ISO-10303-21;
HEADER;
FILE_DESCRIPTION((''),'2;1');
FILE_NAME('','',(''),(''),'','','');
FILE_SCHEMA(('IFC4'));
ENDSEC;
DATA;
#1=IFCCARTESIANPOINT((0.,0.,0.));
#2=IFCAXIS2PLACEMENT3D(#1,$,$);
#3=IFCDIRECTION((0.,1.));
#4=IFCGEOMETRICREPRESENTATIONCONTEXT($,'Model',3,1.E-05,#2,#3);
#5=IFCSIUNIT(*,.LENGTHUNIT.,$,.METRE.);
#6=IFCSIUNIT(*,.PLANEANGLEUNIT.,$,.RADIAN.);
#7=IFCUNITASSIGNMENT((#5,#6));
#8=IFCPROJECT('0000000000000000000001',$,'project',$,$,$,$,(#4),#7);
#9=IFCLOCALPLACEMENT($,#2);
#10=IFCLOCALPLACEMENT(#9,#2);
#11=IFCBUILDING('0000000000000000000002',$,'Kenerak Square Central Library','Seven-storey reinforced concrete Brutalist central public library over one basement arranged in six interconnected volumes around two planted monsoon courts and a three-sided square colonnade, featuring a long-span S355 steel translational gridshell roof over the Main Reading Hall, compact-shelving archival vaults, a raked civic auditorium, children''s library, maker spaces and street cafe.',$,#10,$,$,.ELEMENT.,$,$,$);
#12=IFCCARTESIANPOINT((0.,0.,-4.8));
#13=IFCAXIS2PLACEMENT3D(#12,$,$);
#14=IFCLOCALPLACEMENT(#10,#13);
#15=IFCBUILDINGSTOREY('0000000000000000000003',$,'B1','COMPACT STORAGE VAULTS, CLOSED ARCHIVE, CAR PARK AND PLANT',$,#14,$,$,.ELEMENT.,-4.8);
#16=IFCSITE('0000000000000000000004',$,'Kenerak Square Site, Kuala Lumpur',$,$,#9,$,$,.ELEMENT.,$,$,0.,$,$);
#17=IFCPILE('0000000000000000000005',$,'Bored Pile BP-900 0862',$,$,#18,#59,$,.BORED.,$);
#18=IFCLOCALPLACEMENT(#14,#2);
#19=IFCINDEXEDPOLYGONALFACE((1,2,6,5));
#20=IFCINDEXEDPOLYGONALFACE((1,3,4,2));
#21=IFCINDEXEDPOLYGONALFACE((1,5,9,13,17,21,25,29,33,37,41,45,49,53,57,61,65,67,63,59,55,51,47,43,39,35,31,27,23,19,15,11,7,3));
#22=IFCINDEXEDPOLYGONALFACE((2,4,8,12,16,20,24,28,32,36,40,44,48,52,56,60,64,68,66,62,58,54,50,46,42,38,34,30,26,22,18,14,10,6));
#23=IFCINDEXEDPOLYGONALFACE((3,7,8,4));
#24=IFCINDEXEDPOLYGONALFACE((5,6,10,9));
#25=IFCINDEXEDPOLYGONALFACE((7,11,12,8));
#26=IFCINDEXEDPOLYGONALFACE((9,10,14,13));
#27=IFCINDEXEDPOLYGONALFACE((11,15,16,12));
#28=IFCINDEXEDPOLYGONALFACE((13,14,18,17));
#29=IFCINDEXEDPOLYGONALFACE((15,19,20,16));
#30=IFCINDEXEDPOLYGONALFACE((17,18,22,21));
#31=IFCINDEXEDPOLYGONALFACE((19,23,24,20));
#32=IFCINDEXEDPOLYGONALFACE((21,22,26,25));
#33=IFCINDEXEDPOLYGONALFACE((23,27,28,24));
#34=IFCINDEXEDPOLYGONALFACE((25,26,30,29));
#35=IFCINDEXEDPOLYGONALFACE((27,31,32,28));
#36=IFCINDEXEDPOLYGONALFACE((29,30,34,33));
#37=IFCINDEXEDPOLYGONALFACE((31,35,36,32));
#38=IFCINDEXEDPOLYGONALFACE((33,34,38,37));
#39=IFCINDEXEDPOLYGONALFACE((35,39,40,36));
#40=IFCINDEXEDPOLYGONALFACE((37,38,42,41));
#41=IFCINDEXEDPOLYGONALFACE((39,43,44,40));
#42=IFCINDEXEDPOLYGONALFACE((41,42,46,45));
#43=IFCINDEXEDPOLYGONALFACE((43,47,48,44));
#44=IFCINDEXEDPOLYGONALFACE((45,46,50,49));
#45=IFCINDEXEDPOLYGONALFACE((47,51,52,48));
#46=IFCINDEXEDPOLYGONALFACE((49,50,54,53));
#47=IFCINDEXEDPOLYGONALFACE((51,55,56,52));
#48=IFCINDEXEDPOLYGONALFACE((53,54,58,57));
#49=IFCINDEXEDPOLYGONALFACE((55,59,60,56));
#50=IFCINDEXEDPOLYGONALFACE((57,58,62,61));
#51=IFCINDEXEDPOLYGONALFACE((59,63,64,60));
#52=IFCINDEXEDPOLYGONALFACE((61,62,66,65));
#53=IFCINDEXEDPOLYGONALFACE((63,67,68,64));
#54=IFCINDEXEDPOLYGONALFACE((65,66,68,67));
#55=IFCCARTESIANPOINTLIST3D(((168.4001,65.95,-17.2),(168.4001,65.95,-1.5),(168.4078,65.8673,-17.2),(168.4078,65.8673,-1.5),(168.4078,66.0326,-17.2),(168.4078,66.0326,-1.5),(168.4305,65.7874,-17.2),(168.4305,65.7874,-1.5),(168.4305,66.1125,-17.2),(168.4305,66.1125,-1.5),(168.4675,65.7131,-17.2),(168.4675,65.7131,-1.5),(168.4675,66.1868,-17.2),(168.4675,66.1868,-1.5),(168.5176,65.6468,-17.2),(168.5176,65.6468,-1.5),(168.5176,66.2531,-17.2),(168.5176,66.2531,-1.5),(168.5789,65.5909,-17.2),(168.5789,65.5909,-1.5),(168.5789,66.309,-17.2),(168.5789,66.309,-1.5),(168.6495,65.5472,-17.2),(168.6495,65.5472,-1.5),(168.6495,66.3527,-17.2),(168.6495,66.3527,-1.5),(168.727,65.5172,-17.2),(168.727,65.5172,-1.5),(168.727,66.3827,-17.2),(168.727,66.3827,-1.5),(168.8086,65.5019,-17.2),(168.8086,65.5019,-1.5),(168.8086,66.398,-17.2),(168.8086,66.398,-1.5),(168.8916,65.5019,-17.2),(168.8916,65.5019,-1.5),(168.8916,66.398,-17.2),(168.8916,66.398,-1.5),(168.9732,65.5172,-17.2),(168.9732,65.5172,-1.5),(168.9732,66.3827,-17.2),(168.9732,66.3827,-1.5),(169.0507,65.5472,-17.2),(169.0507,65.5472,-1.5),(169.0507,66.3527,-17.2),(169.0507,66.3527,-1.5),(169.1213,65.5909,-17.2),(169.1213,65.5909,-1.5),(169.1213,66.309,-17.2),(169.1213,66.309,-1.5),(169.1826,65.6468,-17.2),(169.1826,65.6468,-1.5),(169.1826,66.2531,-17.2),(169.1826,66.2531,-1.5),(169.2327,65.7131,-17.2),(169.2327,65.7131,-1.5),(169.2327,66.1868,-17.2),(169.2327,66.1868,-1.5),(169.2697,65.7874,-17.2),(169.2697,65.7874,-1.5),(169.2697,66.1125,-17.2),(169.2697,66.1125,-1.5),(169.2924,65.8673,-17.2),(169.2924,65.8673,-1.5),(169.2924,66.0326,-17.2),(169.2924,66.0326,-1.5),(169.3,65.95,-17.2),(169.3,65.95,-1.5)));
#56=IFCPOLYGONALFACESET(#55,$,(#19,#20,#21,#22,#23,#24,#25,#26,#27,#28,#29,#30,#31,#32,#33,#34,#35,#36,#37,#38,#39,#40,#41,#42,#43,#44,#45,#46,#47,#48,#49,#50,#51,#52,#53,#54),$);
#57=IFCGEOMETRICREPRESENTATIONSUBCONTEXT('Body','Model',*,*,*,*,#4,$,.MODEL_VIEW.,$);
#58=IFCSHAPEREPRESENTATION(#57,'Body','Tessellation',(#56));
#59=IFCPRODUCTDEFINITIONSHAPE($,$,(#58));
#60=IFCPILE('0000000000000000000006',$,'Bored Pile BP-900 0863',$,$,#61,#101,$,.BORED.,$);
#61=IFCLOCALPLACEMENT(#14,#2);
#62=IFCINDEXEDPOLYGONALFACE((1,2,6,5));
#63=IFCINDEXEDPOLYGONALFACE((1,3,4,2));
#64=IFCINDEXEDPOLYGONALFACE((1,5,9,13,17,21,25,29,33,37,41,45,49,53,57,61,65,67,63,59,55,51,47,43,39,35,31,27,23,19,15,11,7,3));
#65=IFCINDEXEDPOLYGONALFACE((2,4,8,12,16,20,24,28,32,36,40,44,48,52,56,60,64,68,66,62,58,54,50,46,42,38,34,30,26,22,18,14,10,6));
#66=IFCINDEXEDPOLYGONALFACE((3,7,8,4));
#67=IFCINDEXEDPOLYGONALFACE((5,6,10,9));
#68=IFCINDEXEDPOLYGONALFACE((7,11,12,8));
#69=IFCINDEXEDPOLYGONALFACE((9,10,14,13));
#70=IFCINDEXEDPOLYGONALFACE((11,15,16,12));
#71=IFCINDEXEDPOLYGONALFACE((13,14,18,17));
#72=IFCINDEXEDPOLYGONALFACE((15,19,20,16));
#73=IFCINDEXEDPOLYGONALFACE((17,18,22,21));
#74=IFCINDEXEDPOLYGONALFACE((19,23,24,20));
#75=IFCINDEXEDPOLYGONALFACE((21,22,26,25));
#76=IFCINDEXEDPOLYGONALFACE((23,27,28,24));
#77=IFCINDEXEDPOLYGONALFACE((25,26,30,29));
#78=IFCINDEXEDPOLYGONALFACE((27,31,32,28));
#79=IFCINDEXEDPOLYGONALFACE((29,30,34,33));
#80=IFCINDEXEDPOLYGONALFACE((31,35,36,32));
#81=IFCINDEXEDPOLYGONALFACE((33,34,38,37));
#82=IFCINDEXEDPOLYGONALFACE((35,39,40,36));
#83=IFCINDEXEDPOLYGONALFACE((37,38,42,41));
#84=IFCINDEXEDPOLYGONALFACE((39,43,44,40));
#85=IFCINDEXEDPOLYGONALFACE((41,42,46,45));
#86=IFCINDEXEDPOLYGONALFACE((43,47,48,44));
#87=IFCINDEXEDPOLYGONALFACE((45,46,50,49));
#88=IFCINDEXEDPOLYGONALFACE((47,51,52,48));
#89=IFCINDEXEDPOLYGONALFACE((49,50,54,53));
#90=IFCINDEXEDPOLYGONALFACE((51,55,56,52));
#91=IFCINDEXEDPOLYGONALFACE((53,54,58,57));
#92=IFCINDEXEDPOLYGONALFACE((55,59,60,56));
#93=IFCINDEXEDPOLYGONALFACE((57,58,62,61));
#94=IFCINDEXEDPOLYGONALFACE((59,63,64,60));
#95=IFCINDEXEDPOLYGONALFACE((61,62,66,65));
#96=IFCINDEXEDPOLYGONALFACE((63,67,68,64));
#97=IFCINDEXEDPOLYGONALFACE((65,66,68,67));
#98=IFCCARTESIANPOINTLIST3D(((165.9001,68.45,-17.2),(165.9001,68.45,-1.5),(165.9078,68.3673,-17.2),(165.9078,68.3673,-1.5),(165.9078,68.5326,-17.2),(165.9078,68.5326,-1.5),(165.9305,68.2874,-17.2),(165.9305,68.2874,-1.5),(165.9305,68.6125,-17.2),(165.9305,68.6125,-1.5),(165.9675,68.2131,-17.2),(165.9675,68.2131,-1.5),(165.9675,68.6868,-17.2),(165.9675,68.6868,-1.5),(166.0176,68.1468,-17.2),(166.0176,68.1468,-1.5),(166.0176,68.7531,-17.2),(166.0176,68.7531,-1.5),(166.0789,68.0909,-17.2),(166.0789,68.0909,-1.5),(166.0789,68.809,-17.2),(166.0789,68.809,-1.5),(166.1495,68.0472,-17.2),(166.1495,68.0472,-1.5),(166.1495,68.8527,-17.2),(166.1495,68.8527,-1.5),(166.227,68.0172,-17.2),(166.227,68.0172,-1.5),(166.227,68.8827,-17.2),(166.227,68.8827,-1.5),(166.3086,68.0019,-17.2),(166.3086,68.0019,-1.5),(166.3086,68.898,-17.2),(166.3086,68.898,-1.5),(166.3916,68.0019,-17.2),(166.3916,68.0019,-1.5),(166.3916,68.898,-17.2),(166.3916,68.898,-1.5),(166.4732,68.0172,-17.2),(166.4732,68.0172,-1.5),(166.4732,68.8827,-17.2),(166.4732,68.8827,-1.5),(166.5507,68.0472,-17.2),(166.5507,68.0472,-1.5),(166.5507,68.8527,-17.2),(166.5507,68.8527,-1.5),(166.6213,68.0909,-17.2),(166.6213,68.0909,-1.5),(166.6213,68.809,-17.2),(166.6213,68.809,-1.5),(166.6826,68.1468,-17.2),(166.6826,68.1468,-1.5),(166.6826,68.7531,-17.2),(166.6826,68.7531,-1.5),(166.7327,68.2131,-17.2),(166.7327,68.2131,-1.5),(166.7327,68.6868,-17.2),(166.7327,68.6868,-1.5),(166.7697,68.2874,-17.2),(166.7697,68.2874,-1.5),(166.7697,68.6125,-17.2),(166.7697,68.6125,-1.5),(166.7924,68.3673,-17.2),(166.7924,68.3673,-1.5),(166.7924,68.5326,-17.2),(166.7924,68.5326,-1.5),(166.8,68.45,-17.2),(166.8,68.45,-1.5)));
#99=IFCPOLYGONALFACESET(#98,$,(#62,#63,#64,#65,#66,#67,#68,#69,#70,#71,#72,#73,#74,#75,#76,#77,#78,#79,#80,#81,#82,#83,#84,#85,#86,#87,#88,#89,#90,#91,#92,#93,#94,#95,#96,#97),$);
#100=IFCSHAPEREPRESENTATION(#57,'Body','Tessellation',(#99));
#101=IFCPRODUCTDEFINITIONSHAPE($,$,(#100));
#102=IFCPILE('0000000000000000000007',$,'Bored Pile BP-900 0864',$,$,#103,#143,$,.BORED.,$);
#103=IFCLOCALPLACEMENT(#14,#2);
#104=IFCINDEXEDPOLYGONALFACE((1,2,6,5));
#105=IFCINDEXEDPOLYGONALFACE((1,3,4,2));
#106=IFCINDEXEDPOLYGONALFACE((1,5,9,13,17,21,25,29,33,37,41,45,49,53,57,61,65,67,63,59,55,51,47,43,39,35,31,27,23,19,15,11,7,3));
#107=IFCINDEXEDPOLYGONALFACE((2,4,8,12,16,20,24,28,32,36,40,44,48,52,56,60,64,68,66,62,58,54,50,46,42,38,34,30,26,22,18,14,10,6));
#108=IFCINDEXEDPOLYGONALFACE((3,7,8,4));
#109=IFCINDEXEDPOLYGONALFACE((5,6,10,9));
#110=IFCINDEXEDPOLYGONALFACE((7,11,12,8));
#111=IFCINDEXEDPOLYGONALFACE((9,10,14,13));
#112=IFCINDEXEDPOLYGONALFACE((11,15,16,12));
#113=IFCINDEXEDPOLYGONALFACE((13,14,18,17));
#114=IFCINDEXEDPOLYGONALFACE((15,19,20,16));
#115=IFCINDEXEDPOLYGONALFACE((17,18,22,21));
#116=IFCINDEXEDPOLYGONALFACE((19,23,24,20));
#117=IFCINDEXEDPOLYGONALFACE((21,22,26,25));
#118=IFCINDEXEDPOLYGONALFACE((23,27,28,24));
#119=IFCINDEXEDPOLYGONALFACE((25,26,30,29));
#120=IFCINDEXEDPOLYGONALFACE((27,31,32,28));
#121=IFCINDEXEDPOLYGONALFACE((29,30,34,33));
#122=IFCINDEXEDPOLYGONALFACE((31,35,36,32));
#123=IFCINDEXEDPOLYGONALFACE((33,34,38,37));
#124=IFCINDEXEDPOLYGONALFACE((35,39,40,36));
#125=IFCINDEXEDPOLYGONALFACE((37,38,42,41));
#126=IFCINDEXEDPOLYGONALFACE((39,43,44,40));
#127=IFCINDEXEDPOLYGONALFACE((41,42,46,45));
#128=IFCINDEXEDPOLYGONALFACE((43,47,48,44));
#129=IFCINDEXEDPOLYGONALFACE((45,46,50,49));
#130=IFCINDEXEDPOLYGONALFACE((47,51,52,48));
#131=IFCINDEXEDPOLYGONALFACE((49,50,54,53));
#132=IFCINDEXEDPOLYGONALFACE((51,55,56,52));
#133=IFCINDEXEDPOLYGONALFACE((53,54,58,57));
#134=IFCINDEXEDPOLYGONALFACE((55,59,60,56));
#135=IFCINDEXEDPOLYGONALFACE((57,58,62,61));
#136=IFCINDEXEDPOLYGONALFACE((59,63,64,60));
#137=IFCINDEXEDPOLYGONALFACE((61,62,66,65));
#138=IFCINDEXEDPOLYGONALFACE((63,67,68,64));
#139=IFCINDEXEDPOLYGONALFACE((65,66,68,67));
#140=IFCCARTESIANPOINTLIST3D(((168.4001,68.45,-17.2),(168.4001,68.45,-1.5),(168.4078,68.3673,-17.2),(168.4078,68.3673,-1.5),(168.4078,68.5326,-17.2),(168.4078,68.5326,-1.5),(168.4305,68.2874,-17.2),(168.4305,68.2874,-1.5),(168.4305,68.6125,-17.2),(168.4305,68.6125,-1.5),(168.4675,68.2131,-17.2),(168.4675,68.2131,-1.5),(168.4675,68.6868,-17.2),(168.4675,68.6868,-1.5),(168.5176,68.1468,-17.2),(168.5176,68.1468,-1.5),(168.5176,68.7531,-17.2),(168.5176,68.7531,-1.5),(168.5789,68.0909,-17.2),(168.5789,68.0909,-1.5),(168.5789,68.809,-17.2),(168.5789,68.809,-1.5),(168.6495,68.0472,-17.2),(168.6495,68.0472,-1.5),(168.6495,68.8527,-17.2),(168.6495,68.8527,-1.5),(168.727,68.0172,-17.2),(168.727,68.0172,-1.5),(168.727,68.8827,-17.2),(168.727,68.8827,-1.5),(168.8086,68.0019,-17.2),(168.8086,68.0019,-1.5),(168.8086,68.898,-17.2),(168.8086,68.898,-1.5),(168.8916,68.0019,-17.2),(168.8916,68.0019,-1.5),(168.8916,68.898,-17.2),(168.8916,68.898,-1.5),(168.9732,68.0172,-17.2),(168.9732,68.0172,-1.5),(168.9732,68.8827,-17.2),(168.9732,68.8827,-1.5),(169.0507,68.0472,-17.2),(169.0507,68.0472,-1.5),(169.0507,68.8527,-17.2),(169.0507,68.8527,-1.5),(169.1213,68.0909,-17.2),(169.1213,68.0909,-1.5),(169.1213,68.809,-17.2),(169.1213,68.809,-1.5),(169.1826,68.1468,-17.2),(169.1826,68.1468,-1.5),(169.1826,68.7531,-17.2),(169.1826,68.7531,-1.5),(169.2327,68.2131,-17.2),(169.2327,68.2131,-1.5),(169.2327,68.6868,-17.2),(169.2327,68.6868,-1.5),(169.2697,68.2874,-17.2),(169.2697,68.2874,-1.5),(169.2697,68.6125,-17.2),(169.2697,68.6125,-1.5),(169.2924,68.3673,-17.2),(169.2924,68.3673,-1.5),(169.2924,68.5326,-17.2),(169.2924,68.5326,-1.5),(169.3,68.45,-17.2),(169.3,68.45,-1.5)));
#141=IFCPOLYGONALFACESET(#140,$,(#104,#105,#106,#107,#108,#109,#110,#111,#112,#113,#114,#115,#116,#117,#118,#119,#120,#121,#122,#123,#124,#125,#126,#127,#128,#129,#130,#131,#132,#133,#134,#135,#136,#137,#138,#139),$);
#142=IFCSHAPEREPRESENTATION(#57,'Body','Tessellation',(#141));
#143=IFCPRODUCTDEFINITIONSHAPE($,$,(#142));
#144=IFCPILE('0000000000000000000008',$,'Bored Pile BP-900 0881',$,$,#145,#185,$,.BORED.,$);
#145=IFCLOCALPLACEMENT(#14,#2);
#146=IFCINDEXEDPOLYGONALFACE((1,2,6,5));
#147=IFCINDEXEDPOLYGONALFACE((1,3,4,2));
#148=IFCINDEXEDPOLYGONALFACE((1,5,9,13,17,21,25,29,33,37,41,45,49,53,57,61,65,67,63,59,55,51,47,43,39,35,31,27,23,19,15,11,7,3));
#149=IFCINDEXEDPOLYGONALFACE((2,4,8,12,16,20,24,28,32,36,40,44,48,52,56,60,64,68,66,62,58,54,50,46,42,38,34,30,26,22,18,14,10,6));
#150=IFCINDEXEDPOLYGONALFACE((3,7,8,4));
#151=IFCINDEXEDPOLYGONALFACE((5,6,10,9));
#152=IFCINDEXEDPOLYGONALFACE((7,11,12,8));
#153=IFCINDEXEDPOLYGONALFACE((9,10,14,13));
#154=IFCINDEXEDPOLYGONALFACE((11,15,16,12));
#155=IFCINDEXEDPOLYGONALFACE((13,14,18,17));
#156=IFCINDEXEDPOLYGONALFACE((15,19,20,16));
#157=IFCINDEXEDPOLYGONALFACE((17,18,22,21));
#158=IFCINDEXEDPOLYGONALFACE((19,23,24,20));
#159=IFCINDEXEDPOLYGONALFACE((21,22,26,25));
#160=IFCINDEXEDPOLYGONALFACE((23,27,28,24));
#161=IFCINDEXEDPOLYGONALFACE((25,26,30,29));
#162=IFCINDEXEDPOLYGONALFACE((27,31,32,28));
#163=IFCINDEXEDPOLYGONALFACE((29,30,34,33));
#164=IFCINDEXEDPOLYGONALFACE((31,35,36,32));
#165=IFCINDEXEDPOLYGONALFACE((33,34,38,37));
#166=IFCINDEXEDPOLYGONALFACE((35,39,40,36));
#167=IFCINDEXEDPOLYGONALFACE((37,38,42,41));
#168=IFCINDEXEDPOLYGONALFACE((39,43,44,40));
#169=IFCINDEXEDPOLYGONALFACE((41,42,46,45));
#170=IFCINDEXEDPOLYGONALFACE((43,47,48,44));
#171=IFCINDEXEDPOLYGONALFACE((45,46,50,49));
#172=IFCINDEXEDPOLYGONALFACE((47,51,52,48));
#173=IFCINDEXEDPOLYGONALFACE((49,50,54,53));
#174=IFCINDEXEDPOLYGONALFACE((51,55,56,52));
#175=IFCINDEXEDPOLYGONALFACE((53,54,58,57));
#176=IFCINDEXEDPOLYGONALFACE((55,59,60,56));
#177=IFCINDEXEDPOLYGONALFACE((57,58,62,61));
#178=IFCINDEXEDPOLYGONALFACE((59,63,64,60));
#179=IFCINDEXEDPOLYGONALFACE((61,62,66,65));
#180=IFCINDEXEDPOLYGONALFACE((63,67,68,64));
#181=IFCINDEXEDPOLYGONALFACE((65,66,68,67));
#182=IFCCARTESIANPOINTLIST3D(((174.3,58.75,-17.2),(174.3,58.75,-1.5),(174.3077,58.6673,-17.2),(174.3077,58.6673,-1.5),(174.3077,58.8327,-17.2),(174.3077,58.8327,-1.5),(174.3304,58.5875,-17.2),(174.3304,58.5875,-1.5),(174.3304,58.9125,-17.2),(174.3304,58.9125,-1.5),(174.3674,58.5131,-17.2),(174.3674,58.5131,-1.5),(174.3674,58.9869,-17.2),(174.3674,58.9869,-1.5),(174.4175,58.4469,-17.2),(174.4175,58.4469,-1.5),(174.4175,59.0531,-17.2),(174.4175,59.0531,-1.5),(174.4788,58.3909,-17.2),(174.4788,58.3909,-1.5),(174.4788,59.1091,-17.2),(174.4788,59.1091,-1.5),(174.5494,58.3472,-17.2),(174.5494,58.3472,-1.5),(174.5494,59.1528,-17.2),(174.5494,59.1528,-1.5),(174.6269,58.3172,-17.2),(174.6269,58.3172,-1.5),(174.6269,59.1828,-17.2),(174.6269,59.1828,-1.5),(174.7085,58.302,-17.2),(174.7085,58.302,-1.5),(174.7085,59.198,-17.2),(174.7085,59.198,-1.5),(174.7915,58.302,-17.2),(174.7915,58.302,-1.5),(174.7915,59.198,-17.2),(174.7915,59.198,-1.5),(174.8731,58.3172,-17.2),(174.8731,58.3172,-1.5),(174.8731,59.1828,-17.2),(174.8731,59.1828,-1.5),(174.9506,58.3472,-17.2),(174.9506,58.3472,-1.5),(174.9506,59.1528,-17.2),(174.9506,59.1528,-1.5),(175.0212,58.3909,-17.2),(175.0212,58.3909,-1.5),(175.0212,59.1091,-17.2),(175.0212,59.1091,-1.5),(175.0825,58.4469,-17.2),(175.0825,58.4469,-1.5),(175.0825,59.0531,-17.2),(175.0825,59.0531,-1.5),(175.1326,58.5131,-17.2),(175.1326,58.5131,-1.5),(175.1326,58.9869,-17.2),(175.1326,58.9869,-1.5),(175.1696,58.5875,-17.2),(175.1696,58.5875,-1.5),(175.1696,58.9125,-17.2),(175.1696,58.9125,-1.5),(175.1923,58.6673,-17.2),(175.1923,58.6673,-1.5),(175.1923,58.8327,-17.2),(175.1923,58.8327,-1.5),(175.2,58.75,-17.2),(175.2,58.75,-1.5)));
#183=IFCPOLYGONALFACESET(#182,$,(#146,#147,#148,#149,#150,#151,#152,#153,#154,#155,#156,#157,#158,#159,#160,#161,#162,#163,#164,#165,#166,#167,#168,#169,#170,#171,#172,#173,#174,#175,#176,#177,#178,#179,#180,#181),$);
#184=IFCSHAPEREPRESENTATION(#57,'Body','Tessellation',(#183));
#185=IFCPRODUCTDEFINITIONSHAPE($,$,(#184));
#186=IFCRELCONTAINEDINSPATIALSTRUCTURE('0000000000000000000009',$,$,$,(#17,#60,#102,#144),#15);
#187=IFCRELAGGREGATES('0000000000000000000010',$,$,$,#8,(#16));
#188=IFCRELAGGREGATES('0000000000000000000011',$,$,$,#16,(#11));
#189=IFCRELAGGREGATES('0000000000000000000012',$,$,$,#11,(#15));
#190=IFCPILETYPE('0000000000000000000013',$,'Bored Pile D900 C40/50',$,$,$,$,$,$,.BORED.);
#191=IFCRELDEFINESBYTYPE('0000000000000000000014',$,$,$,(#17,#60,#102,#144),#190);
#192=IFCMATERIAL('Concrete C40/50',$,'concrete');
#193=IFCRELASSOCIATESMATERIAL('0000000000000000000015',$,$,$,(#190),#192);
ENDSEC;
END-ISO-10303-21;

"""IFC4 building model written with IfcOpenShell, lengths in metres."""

from ifc_helpers import new_model, si_unit, direction, frame, origin, origin_2d, place, context, subcontext, project, spatial, circle, extrude, material, material_profile, profile_set, type_object, element, save


model = new_model("IFC4")

# Units and contexts
model_context = context("Model", 3, precision=1e-05, world=origin(), true_north=direction((0.0, 1.0)))
body_context = subcontext(model_context, "Body", "Model", "MODEL_VIEW")
ifc_project = project(units=[si_unit("LENGTHUNIT", "METRE"), si_unit("PLANEANGLEUNIT", "RADIAN")], contexts=[model_context])

# Site, building, storey
site_placement = place(None, origin())
site = spatial("IfcSite", under=ifc_project, at=site_placement, Name="Kenerak Square Site, Kuala Lumpur", CompositionType="ELEMENT", RefElevation=0.0)
building_placement = place(site_placement, origin())
building = spatial("IfcBuilding", under=site, at=building_placement, Name="Kenerak Square Central Library", Description="Seven-storey reinforced concrete Brutalist central public library over one basement arranged in six interconnected volumes around two planted monsoon courts and a three-sided square colonnade, featuring a long-span S355 steel translational gridshell roof over the Main Reading Hall, compact-shelving archival vaults, a raked civic auditorium, children's library, maker spaces and street cafe.", CompositionType="ELEMENT")
storey_placement = place(building_placement, frame((0.0, 0.0, -4.8)))
storey = spatial("IfcBuildingStorey", under=building, at=storey_placement, Name="B1", Description="COMPACT STORAGE VAULTS, CLOSED ARCHIVE, CAR PARK AND PLANT", CompositionType="ELEMENT", Elevation=-4.8)

# Piles
ifc_material_1 = material(Name="Concrete C40/50", Category="concrete")
ifc_material_profile_1 = material_profile(ifc_material_1, circle(Radius=0.45, at=origin_2d()), Name="BP D900")
ifc_profile_set_1 = profile_set([ifc_material_profile_1], Name="Concrete C40/50")
pile_type = type_object("IfcPileType", Name="Bored Pile D900 C40/50", PredefinedType="BORED", material=ifc_profile_set_1)
for number, where, z_axis, x_axis, name in (
    (1, (168.8501, 65.95, -1.5), (0.0, 0.0, -1.0), (1.0, 0.0, 0.0), "Bored Pile BP-900 0862"),
    (2, (166.3501, 68.45, -1.5), (0.0, 0.0, -1.0), (1.0, 0.0, 0.0), "Bored Pile BP-900 0863"),
    (3, (168.8501, 68.45, -1.5), (0.0, 0.0, -1.0), (1.0, 0.0, 0.0), "Bored Pile BP-900 0864"),
    (4, (174.75, 58.75, -1.5), (0.0, 0.0, -1.0), (1.0, 0.0, 0.0), "Bored Pile BP-900 0881"),
):
    element("IfcPile", number, at=place(storey_placement, frame(where, z_axis=z_axis, x_axis=x_axis)), inside=storey, type_object=pile_type, Name=name, PredefinedType="BORED", context=body_context, shape_type="SweptSolid", body=[
        extrude(circle(Radius=0.45, at=origin_2d()), origin(), (0.0, 0.0, 1.0), 15.7),
    ])

save(model, "model.ifc")
